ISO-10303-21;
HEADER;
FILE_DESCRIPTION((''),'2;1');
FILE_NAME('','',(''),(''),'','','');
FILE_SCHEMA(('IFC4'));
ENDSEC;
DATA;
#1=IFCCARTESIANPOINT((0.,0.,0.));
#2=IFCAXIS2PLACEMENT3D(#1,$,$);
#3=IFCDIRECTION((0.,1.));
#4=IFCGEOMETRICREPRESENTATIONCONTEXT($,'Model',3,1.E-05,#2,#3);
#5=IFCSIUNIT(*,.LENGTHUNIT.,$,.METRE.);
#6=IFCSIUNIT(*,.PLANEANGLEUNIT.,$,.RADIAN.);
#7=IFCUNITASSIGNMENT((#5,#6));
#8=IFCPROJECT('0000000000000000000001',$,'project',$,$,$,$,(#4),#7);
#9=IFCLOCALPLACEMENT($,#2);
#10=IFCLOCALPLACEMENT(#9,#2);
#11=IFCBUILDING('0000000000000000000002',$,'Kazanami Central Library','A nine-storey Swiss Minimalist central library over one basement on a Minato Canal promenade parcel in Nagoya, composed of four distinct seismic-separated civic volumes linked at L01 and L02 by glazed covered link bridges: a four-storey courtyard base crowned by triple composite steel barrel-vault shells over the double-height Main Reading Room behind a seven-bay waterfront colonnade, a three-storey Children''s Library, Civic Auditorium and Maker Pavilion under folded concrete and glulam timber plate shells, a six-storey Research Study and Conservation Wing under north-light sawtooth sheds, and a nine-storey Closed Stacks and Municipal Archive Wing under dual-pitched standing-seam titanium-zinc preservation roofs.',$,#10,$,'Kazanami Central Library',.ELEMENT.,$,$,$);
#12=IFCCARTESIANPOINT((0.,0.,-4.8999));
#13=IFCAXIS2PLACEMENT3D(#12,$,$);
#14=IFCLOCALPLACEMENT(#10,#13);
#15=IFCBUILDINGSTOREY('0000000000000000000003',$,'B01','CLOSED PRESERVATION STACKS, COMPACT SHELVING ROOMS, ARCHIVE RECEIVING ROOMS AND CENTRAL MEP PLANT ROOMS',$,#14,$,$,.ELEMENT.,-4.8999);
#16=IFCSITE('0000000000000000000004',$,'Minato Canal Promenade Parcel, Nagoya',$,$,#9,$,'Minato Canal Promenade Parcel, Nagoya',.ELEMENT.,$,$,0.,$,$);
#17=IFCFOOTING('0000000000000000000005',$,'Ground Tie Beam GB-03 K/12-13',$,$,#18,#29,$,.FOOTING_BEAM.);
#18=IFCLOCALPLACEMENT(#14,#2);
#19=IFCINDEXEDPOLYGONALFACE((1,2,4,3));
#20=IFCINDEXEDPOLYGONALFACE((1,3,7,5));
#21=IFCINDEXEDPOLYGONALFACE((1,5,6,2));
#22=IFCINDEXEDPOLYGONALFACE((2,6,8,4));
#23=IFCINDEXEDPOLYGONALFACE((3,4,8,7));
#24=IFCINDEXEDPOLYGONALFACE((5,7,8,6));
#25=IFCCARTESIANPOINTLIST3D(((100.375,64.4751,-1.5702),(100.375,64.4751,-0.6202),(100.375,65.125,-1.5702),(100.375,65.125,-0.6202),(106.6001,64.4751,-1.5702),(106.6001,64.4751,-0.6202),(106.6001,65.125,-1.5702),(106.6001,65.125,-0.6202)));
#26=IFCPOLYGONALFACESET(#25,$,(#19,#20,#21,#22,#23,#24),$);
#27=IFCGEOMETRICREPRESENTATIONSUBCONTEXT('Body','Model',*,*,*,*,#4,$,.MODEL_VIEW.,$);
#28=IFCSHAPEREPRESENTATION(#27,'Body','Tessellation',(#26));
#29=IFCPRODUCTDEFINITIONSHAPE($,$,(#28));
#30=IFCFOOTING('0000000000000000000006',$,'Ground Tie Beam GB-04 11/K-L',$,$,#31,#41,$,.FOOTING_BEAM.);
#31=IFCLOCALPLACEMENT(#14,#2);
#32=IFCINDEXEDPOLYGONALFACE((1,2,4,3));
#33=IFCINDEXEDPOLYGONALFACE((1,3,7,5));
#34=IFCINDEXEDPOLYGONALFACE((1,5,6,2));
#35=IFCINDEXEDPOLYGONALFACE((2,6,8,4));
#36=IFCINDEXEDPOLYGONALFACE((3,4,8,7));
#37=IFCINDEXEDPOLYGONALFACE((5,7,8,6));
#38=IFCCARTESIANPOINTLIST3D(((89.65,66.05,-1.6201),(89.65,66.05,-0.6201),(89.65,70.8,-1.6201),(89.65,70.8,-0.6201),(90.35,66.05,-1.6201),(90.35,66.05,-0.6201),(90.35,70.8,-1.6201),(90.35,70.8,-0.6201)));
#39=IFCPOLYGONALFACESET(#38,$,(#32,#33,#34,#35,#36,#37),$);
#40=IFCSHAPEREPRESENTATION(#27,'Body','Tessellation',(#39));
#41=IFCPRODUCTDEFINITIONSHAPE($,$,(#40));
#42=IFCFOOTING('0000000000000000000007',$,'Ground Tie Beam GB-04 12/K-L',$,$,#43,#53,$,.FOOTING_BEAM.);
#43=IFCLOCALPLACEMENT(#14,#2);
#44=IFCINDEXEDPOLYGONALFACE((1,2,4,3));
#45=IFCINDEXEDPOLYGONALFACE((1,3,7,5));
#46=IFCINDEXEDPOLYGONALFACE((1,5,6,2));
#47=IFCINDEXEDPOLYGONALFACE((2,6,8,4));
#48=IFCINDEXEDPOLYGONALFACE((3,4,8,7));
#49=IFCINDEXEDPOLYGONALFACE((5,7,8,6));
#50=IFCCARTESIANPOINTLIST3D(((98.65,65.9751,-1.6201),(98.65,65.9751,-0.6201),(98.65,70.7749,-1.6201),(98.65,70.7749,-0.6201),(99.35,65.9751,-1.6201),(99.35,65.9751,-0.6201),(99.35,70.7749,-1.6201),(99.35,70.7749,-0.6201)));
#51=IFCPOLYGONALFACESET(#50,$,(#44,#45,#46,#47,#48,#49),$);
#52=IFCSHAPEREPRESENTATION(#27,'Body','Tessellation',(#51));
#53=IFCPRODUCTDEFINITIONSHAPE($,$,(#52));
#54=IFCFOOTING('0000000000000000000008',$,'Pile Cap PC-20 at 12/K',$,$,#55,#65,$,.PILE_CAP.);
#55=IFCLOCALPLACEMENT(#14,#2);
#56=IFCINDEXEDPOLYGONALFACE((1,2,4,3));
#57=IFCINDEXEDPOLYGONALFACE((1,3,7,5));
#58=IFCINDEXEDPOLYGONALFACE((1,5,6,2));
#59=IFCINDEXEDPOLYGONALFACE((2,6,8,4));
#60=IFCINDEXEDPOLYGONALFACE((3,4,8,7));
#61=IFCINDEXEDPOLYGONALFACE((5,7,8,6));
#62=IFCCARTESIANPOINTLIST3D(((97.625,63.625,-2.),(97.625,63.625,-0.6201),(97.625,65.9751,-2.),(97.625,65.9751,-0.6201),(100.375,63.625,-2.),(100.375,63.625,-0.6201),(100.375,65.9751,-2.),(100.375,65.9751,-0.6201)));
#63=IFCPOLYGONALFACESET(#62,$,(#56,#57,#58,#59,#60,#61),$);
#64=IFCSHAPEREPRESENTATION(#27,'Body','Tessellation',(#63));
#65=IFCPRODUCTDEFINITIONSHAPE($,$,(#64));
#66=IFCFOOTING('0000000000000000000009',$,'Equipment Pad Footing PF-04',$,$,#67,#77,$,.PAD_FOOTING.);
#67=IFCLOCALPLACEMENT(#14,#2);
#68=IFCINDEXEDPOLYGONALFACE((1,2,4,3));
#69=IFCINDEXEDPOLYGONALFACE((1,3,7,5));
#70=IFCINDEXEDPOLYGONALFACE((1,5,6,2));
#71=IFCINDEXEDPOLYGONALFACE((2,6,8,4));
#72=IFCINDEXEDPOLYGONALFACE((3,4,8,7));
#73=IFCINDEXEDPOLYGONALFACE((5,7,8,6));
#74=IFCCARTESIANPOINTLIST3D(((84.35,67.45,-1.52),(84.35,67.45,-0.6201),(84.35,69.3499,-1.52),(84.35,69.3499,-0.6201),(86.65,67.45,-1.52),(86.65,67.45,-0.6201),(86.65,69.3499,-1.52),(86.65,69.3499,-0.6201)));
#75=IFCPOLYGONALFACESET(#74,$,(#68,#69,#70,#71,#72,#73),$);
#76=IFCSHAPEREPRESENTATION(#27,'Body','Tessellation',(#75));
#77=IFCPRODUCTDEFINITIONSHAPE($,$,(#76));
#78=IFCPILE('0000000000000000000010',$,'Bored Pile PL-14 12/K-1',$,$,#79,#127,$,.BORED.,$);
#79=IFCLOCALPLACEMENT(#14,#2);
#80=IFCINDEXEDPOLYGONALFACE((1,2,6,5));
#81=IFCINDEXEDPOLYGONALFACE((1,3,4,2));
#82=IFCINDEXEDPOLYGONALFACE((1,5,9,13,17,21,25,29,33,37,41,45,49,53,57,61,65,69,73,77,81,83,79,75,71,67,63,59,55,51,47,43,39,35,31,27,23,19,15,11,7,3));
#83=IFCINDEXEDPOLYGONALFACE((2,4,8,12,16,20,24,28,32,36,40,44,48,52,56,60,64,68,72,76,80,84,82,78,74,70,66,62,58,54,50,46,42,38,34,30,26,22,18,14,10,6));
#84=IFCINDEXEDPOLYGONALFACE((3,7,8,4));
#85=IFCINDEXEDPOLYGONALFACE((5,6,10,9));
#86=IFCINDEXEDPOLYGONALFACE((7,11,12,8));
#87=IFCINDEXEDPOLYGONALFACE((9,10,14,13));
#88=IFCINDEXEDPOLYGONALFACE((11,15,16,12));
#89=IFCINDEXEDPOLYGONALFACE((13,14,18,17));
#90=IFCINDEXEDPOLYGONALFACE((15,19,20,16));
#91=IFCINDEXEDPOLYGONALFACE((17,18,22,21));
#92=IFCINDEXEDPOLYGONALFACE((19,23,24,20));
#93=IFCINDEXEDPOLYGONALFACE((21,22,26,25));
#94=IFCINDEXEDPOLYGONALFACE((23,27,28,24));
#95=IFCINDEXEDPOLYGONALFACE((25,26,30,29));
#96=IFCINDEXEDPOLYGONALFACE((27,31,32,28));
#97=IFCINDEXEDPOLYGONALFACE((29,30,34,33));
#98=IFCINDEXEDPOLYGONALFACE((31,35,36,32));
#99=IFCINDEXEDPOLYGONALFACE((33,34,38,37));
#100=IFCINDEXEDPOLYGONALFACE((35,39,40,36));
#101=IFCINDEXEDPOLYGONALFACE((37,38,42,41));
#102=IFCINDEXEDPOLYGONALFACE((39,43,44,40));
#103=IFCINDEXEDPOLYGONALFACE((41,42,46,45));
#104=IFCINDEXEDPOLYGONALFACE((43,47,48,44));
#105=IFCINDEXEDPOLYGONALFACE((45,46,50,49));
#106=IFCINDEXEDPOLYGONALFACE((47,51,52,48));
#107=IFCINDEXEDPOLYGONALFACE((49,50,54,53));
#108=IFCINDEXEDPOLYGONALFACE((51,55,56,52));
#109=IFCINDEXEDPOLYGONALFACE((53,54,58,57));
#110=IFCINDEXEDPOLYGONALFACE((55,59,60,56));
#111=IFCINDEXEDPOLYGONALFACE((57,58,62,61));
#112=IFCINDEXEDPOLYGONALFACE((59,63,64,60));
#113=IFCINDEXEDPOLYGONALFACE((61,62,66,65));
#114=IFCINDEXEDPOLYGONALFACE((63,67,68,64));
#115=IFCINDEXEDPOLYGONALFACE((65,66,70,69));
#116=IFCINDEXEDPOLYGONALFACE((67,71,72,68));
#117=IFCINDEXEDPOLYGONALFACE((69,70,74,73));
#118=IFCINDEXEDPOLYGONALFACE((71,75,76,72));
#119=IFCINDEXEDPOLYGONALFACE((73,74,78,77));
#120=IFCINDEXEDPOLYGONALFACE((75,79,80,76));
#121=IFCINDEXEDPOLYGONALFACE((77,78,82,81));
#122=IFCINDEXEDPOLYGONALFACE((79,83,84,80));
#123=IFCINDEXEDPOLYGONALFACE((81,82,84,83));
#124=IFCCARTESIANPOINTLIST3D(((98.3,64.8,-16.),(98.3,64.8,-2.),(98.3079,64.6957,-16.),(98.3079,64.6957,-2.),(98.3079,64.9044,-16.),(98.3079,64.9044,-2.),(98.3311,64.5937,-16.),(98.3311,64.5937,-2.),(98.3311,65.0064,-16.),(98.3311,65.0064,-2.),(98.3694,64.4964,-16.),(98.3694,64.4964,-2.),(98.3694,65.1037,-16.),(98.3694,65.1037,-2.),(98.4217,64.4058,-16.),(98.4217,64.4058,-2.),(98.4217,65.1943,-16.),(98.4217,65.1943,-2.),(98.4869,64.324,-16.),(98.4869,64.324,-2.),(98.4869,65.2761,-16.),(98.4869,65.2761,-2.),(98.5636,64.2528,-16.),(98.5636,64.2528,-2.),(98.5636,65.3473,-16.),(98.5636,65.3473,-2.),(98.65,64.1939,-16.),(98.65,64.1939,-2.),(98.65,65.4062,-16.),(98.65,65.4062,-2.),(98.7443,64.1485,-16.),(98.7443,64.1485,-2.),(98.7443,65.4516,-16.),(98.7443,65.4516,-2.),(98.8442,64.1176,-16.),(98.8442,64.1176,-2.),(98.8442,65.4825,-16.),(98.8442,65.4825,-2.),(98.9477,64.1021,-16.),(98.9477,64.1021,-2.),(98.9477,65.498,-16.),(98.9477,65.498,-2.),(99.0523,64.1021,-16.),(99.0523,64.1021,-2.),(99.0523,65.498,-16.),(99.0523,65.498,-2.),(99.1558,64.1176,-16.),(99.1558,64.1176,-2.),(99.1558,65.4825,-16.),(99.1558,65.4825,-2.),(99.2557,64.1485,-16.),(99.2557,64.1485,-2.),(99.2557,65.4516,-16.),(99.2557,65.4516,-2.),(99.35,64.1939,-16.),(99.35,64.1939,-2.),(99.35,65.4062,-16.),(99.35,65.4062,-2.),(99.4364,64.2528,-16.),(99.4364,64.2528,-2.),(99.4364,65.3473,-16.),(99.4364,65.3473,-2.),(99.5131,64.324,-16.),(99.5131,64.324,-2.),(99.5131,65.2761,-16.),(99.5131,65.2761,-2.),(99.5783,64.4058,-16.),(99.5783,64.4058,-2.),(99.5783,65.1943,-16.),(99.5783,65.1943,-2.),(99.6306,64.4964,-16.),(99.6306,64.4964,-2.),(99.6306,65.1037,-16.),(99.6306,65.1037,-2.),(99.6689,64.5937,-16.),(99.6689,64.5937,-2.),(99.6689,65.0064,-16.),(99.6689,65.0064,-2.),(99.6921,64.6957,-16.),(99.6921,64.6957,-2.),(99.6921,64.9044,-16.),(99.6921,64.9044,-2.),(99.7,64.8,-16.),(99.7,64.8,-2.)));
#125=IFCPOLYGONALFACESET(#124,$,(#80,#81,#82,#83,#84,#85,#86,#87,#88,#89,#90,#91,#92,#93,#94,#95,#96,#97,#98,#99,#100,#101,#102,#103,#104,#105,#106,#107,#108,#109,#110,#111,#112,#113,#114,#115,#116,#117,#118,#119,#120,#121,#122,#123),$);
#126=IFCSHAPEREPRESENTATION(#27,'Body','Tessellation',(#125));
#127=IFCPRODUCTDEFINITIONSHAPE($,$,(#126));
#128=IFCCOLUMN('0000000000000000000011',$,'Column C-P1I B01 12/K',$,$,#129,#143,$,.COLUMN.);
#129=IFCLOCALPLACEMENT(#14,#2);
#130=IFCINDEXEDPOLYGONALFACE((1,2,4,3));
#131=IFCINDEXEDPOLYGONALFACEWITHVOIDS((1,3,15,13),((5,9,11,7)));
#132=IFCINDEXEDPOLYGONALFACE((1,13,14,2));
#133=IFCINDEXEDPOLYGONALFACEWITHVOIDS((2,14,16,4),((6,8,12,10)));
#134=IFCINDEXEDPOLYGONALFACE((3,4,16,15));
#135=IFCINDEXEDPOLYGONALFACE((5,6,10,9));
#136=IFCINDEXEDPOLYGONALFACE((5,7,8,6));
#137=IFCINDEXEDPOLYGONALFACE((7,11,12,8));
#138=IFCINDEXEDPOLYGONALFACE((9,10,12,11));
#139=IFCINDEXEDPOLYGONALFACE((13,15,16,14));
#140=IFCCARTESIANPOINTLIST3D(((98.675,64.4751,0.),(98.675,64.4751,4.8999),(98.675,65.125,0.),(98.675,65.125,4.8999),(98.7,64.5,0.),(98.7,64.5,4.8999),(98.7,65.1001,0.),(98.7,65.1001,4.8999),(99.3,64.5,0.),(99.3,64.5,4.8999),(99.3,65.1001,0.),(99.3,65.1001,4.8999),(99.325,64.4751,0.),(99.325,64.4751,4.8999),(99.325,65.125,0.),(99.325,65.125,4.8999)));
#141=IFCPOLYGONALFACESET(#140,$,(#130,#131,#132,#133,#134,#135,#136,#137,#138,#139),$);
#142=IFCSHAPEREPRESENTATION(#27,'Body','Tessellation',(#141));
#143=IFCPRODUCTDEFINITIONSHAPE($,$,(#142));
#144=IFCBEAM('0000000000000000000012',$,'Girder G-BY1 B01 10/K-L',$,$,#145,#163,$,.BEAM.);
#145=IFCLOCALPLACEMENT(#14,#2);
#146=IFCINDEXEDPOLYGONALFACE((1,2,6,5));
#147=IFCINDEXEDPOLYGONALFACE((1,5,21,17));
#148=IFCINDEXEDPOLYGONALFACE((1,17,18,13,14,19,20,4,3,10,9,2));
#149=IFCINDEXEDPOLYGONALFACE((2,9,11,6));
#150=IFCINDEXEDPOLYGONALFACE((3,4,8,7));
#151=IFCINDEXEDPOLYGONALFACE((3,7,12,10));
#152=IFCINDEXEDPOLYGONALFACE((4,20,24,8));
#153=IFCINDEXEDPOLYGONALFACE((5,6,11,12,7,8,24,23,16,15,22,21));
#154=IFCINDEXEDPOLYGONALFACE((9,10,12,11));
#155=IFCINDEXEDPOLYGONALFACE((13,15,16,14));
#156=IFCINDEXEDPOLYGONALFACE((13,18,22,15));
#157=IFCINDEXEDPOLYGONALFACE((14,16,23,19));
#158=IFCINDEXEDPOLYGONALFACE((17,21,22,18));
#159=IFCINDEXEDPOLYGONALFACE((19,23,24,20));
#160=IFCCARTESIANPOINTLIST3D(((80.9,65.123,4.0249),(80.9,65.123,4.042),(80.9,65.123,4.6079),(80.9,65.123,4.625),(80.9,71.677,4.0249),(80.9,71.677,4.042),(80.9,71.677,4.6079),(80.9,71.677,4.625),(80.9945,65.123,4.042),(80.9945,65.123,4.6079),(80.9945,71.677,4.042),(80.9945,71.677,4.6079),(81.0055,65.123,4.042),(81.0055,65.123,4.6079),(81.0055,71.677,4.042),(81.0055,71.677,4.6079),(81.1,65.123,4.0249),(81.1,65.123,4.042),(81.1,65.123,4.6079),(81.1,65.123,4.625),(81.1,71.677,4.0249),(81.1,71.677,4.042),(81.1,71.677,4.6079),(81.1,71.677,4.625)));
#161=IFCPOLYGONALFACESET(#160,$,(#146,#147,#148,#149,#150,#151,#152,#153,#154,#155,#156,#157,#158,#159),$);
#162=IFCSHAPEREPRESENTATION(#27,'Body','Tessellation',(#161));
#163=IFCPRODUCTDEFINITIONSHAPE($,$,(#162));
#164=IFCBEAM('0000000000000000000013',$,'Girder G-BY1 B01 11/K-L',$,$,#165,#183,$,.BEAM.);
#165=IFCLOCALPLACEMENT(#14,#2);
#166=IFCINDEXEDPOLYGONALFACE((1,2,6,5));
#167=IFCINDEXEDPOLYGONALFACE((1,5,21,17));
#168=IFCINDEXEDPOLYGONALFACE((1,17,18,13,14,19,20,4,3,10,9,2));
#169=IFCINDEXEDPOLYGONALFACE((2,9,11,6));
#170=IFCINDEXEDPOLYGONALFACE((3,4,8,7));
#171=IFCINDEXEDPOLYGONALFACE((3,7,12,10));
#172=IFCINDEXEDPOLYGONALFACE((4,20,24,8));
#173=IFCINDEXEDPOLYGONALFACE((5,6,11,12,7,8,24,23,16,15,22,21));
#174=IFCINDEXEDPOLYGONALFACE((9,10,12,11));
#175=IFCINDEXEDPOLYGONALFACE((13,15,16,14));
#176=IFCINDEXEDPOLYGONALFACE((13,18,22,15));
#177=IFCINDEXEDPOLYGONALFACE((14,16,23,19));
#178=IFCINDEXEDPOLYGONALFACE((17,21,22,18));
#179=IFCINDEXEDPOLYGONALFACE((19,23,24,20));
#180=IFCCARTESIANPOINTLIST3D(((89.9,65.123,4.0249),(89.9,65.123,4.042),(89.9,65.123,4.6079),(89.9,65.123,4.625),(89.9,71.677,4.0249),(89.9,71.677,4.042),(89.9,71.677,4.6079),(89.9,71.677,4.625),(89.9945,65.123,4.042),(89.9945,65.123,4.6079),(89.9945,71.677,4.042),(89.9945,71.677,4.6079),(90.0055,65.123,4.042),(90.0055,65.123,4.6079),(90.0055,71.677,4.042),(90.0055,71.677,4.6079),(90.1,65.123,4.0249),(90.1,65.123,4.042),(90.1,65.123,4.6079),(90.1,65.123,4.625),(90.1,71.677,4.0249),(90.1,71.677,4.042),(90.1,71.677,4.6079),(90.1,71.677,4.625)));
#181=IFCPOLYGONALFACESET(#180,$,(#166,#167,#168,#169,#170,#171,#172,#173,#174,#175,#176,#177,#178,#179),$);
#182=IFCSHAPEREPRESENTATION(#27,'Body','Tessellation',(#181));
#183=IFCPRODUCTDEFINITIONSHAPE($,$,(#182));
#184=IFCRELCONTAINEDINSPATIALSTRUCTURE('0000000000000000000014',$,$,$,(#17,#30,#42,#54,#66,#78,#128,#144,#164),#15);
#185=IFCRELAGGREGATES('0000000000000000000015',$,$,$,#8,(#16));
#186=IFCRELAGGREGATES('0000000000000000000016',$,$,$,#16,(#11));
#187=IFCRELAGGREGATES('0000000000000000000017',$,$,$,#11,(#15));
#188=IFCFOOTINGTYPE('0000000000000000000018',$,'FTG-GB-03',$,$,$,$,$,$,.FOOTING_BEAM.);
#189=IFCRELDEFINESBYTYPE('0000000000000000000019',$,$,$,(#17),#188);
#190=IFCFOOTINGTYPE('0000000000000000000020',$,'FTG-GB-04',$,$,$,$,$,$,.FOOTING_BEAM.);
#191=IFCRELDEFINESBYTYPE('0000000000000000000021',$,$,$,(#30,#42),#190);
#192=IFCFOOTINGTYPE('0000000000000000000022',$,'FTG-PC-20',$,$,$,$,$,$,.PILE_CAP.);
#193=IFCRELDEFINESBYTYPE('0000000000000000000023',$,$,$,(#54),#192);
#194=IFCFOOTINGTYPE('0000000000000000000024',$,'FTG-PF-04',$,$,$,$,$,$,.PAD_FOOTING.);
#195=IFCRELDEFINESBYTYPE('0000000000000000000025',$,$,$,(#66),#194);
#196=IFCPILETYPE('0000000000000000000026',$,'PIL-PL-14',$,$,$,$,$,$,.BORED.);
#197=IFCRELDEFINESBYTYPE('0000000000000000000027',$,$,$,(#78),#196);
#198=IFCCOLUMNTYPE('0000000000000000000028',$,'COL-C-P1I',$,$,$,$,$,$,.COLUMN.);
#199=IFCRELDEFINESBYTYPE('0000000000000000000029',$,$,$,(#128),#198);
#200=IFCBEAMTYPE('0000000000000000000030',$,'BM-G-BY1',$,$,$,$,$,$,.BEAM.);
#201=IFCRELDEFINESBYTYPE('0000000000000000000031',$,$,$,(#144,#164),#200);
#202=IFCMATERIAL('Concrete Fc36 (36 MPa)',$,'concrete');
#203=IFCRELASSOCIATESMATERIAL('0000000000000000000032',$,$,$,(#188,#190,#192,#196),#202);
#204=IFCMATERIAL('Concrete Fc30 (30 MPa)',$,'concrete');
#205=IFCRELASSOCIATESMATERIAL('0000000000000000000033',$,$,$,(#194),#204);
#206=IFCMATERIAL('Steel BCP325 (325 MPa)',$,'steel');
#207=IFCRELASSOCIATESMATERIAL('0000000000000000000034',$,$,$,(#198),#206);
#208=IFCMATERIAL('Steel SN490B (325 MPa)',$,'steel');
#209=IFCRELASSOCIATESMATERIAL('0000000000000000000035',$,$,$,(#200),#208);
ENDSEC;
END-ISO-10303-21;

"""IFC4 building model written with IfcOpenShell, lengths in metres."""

from ifc_helpers import new_model, si_unit, direction, frame, origin, origin_2d, place, context, subcontext, project, spatial, rectangle, hollow_rectangle, circle, i_section, extrude, material, material_profile, profile_set, type_object, element, save


model = new_model("IFC4")

# Units and contexts
model_context = context("Model", 3, precision=1e-05, world=origin(), true_north=direction((0.0, 1.0)))
body_context = subcontext(model_context, "Body", "Model", "MODEL_VIEW")
ifc_project = project(units=[si_unit("LENGTHUNIT", "METRE"), si_unit("PLANEANGLEUNIT", "RADIAN")], contexts=[model_context])

# Site, building, storey
site_placement = place(None, origin())
site = spatial("IfcSite", under=ifc_project, at=site_placement, Name="Minato Canal Promenade Parcel, Nagoya", LongName="Minato Canal Promenade Parcel, Nagoya", CompositionType="ELEMENT", RefElevation=0.0)
building_placement = place(site_placement, origin())
building = spatial("IfcBuilding", under=site, at=building_placement, Name="Kazanami Central Library", Description="A nine-storey Swiss Minimalist central library over one basement on a Minato Canal promenade parcel in Nagoya, composed of four distinct seismic-separated civic volumes linked at L01 and L02 by glazed covered link bridges: a four-storey courtyard base crowned by triple composite steel barrel-vault shells over the double-height Main Reading Room behind a seven-bay waterfront colonnade, a three-storey Children's Library, Civic Auditorium and Maker Pavilion under folded concrete and glulam timber plate shells, a six-storey Research Study and Conservation Wing under north-light sawtooth sheds, and a nine-storey Closed Stacks and Municipal Archive Wing under dual-pitched standing-seam titanium-zinc preservation roofs.", LongName="Kazanami Central Library", CompositionType="ELEMENT")
storey_placement = place(building_placement, frame((0.0, 0.0, -4.8999)))
storey = spatial("IfcBuildingStorey", under=building, at=storey_placement, Name="B01", Description="CLOSED PRESERVATION STACKS, COMPACT SHELVING ROOMS, ARCHIVE RECEIVING ROOMS AND CENTRAL MEP PLANT ROOMS", CompositionType="ELEMENT", Elevation=-4.8999)

# Footings
ifc_material_1 = material(Name="Concrete Fc36 (36 MPa)", Category="concrete")
ifc_material_profile_1 = material_profile(ifc_material_1, rectangle(XDim=0.6499, YDim=0.95, at=origin_2d()), Name="RC-650x950")
ifc_profile_set_1 = profile_set([ifc_material_profile_1], Name="Concrete Fc36 (36 MPa)")
footing_type_1 = type_object("IfcFootingType", Name="FTG-GB-03", PredefinedType="FOOTING_BEAM", material=ifc_profile_set_1)
footing_1_placement = place(storey_placement, frame((100.375, 64.8, -1.0952), z_axis=(1.0, 0.0, 0.0), x_axis=(0.0, 1.0, 0.0)))
element("IfcFooting", 1, at=footing_1_placement, inside=storey, type_object=footing_type_1, Name="Ground Tie Beam GB-03 K/12-13", PredefinedType="FOOTING_BEAM", context=body_context, shape_type="SweptSolid", body=[
    extrude(rectangle(XDim=0.6499, YDim=0.95, at=origin_2d()), origin(), (0.0, 0.0, 1.0), 6.2251),
])
ifc_material_profile_2 = material_profile(ifc_material_1, rectangle(XDim=0.7, YDim=1.0, at=origin_2d()), Name="RC-700x1000")
ifc_profile_set_2 = profile_set([ifc_material_profile_2], Name="Concrete Fc36 (36 MPa)")
footing_type_2 = type_object("IfcFootingType", Name="FTG-GB-04", PredefinedType="FOOTING_BEAM", material=ifc_profile_set_2)
footing_2_placement = place(storey_placement, frame((90.0, 66.05, -1.1201), z_axis=(0.0, 1.0, 0.0), x_axis=(-1.0, 0.0, 0.0)))
element("IfcFooting", 2, at=footing_2_placement, inside=storey, type_object=footing_type_2, Name="Ground Tie Beam GB-04 11/K-L", PredefinedType="FOOTING_BEAM", context=body_context, shape_type="SweptSolid", body=[
    extrude(rectangle(XDim=0.7, YDim=1.0, at=origin_2d()), origin(), (0.0, 0.0, 1.0), 4.75),
])
footing_3_placement = place(storey_placement, frame((99.0, 65.9751, -1.1201), z_axis=(0.0, 1.0, 0.0), x_axis=(-1.0, 0.0, 0.0)))
element("IfcFooting", 3, at=footing_3_placement, inside=storey, type_object=footing_type_2, Name="Ground Tie Beam GB-04 12/K-L", PredefinedType="FOOTING_BEAM", context=body_context, shape_type="SweptSolid", body=[
    extrude(rectangle(XDim=0.7, YDim=1.0, at=origin_2d()), origin(), (0.0, 0.0, 1.0), 4.7998),
])
footing_type_3 = type_object("IfcFootingType", Name="FTG-PC-20", PredefinedType="PILE_CAP", material=ifc_material_1)
footing_4_placement = place(storey_placement, frame((99.0, 64.8, -2.0), z_axis=(0.0, 0.0, 1.0), x_axis=(1.0, 0.0, 0.0)))
element("IfcFooting", 4, at=footing_4_placement, inside=storey, type_object=footing_type_3, Name="Pile Cap PC-20 at 12/K", PredefinedType="PILE_CAP", context=body_context, shape_type="SweptSolid", body=[
    extrude(rectangle(XDim=2.75, YDim=2.3501, at=origin_2d()), origin(), (0.0, 0.0, 1.0), 1.3799),
])
ifc_material_2 = material(Name="Concrete Fc30 (30 MPa)", Category="concrete")
footing_type_4 = type_object("IfcFootingType", Name="FTG-PF-04", PredefinedType="PAD_FOOTING", material=ifc_material_2)
footing_5_placement = place(storey_placement, frame((85.5, 68.3999, -1.52), z_axis=(0.0, 0.0, 1.0), x_axis=(1.0, 0.0, 0.0)))
element("IfcFooting", 5, at=footing_5_placement, inside=storey, type_object=footing_type_4, Name="Equipment Pad Footing PF-04", PredefinedType="PAD_FOOTING", context=body_context, shape_type="SweptSolid", body=[
    extrude(rectangle(XDim=2.3, YDim=1.8999, at=origin_2d()), origin(), (0.0, 0.0, 1.0), 0.8999),
])

# Pile
ifc_material_profile_3 = material_profile(ifc_material_1, circle(Radius=0.7, at=origin_2d()), Name="BORED-D1400")
ifc_profile_set_3 = profile_set([ifc_material_profile_3], Name="Concrete Fc36 (36 MPa)")
pile_type = type_object("IfcPileType", Name="PIL-PL-14", PredefinedType="BORED", material=ifc_profile_set_3)
pile_placement = place(storey_placement, frame((99.0, 64.8, -2.0), z_axis=(0.0, 0.0, -1.0), x_axis=(1.0, 0.0, 0.0)))
element("IfcPile", 6, at=pile_placement, inside=storey, type_object=pile_type, Name="Bored Pile PL-14 12/K-1", PredefinedType="BORED", context=body_context, shape_type="SweptSolid", body=[
    extrude(circle(Radius=0.7, at=origin_2d()), origin(), (0.0, 0.0, 1.0), 14.0),
])

# Column
ifc_material_3 = material(Name="Steel BCP325 (325 MPa)", Category="steel")
ifc_material_profile_4 = material_profile(ifc_material_3, hollow_rectangle(XDim=0.6499, YDim=0.6499, WallThickness=0.0249, at=origin_2d()), Name="BCP-650x650x25")
ifc_profile_set_4 = profile_set([ifc_material_profile_4], Name="Steel BCP325 (325 MPa)")
column_type = type_object("IfcColumnType", Name="COL-C-P1I", PredefinedType="COLUMN", material=ifc_profile_set_4)
column_placement = place(storey_placement, frame((99.0, 64.8, 0.0), z_axis=(0.0, 0.0, 1.0), x_axis=(1.0, 0.0, 0.0)))
element("IfcColumn", 7, at=column_placement, inside=storey, type_object=column_type, Name="Column C-P1I B01 12/K", PredefinedType="COLUMN", context=body_context, shape_type="SweptSolid", body=[
    extrude(hollow_rectangle(XDim=0.6499, YDim=0.6499, WallThickness=0.0249, at=origin_2d()), origin(), (0.0, 0.0, 1.0), 4.8999),
])

# Beams
ifc_material_4 = material(Name="Steel SN490B (325 MPa)", Category="steel")
ifc_material_profile_5 = material_profile(ifc_material_4, i_section(OverallWidth=0.2, OverallDepth=0.6001, WebThickness=0.011, FlangeThickness=0.0171, at=origin_2d()), Name="H-600x200x11x17")
ifc_profile_set_5 = profile_set([ifc_material_profile_5], Name="Steel SN490B (325 MPa)")
beam_type_1 = type_object("IfcBeamType", Name="BM-G-BY1", PredefinedType="BEAM", material=ifc_profile_set_5)
for number, where, z_axis, x_axis, name in (
    (8, (81.0, 65.123, 4.325), (0.0, 1.0, 0.0), (-1.0, 0.0, 0.0), "Girder G-BY1 B01 10/K-L"),
    (9, (90.0, 65.123, 4.325), (0.0, 1.0, 0.0), (-1.0, 0.0, 0.0), "Girder G-BY1 B01 11/K-L"),
):
    element("IfcBeam", number, at=place(storey_placement, frame(where, z_axis=z_axis, x_axis=x_axis)), inside=storey, type_object=beam_type_1, Name=name, PredefinedType="BEAM", context=body_context, shape_type="SweptSolid", body=[
        extrude(i_section(OverallWidth=0.2, OverallDepth=0.6001, WebThickness=0.011, FlangeThickness=0.0171, at=origin_2d()), origin(), (0.0, 0.0, 1.0), 6.554),
    ])

save(model, "model.ifc")
